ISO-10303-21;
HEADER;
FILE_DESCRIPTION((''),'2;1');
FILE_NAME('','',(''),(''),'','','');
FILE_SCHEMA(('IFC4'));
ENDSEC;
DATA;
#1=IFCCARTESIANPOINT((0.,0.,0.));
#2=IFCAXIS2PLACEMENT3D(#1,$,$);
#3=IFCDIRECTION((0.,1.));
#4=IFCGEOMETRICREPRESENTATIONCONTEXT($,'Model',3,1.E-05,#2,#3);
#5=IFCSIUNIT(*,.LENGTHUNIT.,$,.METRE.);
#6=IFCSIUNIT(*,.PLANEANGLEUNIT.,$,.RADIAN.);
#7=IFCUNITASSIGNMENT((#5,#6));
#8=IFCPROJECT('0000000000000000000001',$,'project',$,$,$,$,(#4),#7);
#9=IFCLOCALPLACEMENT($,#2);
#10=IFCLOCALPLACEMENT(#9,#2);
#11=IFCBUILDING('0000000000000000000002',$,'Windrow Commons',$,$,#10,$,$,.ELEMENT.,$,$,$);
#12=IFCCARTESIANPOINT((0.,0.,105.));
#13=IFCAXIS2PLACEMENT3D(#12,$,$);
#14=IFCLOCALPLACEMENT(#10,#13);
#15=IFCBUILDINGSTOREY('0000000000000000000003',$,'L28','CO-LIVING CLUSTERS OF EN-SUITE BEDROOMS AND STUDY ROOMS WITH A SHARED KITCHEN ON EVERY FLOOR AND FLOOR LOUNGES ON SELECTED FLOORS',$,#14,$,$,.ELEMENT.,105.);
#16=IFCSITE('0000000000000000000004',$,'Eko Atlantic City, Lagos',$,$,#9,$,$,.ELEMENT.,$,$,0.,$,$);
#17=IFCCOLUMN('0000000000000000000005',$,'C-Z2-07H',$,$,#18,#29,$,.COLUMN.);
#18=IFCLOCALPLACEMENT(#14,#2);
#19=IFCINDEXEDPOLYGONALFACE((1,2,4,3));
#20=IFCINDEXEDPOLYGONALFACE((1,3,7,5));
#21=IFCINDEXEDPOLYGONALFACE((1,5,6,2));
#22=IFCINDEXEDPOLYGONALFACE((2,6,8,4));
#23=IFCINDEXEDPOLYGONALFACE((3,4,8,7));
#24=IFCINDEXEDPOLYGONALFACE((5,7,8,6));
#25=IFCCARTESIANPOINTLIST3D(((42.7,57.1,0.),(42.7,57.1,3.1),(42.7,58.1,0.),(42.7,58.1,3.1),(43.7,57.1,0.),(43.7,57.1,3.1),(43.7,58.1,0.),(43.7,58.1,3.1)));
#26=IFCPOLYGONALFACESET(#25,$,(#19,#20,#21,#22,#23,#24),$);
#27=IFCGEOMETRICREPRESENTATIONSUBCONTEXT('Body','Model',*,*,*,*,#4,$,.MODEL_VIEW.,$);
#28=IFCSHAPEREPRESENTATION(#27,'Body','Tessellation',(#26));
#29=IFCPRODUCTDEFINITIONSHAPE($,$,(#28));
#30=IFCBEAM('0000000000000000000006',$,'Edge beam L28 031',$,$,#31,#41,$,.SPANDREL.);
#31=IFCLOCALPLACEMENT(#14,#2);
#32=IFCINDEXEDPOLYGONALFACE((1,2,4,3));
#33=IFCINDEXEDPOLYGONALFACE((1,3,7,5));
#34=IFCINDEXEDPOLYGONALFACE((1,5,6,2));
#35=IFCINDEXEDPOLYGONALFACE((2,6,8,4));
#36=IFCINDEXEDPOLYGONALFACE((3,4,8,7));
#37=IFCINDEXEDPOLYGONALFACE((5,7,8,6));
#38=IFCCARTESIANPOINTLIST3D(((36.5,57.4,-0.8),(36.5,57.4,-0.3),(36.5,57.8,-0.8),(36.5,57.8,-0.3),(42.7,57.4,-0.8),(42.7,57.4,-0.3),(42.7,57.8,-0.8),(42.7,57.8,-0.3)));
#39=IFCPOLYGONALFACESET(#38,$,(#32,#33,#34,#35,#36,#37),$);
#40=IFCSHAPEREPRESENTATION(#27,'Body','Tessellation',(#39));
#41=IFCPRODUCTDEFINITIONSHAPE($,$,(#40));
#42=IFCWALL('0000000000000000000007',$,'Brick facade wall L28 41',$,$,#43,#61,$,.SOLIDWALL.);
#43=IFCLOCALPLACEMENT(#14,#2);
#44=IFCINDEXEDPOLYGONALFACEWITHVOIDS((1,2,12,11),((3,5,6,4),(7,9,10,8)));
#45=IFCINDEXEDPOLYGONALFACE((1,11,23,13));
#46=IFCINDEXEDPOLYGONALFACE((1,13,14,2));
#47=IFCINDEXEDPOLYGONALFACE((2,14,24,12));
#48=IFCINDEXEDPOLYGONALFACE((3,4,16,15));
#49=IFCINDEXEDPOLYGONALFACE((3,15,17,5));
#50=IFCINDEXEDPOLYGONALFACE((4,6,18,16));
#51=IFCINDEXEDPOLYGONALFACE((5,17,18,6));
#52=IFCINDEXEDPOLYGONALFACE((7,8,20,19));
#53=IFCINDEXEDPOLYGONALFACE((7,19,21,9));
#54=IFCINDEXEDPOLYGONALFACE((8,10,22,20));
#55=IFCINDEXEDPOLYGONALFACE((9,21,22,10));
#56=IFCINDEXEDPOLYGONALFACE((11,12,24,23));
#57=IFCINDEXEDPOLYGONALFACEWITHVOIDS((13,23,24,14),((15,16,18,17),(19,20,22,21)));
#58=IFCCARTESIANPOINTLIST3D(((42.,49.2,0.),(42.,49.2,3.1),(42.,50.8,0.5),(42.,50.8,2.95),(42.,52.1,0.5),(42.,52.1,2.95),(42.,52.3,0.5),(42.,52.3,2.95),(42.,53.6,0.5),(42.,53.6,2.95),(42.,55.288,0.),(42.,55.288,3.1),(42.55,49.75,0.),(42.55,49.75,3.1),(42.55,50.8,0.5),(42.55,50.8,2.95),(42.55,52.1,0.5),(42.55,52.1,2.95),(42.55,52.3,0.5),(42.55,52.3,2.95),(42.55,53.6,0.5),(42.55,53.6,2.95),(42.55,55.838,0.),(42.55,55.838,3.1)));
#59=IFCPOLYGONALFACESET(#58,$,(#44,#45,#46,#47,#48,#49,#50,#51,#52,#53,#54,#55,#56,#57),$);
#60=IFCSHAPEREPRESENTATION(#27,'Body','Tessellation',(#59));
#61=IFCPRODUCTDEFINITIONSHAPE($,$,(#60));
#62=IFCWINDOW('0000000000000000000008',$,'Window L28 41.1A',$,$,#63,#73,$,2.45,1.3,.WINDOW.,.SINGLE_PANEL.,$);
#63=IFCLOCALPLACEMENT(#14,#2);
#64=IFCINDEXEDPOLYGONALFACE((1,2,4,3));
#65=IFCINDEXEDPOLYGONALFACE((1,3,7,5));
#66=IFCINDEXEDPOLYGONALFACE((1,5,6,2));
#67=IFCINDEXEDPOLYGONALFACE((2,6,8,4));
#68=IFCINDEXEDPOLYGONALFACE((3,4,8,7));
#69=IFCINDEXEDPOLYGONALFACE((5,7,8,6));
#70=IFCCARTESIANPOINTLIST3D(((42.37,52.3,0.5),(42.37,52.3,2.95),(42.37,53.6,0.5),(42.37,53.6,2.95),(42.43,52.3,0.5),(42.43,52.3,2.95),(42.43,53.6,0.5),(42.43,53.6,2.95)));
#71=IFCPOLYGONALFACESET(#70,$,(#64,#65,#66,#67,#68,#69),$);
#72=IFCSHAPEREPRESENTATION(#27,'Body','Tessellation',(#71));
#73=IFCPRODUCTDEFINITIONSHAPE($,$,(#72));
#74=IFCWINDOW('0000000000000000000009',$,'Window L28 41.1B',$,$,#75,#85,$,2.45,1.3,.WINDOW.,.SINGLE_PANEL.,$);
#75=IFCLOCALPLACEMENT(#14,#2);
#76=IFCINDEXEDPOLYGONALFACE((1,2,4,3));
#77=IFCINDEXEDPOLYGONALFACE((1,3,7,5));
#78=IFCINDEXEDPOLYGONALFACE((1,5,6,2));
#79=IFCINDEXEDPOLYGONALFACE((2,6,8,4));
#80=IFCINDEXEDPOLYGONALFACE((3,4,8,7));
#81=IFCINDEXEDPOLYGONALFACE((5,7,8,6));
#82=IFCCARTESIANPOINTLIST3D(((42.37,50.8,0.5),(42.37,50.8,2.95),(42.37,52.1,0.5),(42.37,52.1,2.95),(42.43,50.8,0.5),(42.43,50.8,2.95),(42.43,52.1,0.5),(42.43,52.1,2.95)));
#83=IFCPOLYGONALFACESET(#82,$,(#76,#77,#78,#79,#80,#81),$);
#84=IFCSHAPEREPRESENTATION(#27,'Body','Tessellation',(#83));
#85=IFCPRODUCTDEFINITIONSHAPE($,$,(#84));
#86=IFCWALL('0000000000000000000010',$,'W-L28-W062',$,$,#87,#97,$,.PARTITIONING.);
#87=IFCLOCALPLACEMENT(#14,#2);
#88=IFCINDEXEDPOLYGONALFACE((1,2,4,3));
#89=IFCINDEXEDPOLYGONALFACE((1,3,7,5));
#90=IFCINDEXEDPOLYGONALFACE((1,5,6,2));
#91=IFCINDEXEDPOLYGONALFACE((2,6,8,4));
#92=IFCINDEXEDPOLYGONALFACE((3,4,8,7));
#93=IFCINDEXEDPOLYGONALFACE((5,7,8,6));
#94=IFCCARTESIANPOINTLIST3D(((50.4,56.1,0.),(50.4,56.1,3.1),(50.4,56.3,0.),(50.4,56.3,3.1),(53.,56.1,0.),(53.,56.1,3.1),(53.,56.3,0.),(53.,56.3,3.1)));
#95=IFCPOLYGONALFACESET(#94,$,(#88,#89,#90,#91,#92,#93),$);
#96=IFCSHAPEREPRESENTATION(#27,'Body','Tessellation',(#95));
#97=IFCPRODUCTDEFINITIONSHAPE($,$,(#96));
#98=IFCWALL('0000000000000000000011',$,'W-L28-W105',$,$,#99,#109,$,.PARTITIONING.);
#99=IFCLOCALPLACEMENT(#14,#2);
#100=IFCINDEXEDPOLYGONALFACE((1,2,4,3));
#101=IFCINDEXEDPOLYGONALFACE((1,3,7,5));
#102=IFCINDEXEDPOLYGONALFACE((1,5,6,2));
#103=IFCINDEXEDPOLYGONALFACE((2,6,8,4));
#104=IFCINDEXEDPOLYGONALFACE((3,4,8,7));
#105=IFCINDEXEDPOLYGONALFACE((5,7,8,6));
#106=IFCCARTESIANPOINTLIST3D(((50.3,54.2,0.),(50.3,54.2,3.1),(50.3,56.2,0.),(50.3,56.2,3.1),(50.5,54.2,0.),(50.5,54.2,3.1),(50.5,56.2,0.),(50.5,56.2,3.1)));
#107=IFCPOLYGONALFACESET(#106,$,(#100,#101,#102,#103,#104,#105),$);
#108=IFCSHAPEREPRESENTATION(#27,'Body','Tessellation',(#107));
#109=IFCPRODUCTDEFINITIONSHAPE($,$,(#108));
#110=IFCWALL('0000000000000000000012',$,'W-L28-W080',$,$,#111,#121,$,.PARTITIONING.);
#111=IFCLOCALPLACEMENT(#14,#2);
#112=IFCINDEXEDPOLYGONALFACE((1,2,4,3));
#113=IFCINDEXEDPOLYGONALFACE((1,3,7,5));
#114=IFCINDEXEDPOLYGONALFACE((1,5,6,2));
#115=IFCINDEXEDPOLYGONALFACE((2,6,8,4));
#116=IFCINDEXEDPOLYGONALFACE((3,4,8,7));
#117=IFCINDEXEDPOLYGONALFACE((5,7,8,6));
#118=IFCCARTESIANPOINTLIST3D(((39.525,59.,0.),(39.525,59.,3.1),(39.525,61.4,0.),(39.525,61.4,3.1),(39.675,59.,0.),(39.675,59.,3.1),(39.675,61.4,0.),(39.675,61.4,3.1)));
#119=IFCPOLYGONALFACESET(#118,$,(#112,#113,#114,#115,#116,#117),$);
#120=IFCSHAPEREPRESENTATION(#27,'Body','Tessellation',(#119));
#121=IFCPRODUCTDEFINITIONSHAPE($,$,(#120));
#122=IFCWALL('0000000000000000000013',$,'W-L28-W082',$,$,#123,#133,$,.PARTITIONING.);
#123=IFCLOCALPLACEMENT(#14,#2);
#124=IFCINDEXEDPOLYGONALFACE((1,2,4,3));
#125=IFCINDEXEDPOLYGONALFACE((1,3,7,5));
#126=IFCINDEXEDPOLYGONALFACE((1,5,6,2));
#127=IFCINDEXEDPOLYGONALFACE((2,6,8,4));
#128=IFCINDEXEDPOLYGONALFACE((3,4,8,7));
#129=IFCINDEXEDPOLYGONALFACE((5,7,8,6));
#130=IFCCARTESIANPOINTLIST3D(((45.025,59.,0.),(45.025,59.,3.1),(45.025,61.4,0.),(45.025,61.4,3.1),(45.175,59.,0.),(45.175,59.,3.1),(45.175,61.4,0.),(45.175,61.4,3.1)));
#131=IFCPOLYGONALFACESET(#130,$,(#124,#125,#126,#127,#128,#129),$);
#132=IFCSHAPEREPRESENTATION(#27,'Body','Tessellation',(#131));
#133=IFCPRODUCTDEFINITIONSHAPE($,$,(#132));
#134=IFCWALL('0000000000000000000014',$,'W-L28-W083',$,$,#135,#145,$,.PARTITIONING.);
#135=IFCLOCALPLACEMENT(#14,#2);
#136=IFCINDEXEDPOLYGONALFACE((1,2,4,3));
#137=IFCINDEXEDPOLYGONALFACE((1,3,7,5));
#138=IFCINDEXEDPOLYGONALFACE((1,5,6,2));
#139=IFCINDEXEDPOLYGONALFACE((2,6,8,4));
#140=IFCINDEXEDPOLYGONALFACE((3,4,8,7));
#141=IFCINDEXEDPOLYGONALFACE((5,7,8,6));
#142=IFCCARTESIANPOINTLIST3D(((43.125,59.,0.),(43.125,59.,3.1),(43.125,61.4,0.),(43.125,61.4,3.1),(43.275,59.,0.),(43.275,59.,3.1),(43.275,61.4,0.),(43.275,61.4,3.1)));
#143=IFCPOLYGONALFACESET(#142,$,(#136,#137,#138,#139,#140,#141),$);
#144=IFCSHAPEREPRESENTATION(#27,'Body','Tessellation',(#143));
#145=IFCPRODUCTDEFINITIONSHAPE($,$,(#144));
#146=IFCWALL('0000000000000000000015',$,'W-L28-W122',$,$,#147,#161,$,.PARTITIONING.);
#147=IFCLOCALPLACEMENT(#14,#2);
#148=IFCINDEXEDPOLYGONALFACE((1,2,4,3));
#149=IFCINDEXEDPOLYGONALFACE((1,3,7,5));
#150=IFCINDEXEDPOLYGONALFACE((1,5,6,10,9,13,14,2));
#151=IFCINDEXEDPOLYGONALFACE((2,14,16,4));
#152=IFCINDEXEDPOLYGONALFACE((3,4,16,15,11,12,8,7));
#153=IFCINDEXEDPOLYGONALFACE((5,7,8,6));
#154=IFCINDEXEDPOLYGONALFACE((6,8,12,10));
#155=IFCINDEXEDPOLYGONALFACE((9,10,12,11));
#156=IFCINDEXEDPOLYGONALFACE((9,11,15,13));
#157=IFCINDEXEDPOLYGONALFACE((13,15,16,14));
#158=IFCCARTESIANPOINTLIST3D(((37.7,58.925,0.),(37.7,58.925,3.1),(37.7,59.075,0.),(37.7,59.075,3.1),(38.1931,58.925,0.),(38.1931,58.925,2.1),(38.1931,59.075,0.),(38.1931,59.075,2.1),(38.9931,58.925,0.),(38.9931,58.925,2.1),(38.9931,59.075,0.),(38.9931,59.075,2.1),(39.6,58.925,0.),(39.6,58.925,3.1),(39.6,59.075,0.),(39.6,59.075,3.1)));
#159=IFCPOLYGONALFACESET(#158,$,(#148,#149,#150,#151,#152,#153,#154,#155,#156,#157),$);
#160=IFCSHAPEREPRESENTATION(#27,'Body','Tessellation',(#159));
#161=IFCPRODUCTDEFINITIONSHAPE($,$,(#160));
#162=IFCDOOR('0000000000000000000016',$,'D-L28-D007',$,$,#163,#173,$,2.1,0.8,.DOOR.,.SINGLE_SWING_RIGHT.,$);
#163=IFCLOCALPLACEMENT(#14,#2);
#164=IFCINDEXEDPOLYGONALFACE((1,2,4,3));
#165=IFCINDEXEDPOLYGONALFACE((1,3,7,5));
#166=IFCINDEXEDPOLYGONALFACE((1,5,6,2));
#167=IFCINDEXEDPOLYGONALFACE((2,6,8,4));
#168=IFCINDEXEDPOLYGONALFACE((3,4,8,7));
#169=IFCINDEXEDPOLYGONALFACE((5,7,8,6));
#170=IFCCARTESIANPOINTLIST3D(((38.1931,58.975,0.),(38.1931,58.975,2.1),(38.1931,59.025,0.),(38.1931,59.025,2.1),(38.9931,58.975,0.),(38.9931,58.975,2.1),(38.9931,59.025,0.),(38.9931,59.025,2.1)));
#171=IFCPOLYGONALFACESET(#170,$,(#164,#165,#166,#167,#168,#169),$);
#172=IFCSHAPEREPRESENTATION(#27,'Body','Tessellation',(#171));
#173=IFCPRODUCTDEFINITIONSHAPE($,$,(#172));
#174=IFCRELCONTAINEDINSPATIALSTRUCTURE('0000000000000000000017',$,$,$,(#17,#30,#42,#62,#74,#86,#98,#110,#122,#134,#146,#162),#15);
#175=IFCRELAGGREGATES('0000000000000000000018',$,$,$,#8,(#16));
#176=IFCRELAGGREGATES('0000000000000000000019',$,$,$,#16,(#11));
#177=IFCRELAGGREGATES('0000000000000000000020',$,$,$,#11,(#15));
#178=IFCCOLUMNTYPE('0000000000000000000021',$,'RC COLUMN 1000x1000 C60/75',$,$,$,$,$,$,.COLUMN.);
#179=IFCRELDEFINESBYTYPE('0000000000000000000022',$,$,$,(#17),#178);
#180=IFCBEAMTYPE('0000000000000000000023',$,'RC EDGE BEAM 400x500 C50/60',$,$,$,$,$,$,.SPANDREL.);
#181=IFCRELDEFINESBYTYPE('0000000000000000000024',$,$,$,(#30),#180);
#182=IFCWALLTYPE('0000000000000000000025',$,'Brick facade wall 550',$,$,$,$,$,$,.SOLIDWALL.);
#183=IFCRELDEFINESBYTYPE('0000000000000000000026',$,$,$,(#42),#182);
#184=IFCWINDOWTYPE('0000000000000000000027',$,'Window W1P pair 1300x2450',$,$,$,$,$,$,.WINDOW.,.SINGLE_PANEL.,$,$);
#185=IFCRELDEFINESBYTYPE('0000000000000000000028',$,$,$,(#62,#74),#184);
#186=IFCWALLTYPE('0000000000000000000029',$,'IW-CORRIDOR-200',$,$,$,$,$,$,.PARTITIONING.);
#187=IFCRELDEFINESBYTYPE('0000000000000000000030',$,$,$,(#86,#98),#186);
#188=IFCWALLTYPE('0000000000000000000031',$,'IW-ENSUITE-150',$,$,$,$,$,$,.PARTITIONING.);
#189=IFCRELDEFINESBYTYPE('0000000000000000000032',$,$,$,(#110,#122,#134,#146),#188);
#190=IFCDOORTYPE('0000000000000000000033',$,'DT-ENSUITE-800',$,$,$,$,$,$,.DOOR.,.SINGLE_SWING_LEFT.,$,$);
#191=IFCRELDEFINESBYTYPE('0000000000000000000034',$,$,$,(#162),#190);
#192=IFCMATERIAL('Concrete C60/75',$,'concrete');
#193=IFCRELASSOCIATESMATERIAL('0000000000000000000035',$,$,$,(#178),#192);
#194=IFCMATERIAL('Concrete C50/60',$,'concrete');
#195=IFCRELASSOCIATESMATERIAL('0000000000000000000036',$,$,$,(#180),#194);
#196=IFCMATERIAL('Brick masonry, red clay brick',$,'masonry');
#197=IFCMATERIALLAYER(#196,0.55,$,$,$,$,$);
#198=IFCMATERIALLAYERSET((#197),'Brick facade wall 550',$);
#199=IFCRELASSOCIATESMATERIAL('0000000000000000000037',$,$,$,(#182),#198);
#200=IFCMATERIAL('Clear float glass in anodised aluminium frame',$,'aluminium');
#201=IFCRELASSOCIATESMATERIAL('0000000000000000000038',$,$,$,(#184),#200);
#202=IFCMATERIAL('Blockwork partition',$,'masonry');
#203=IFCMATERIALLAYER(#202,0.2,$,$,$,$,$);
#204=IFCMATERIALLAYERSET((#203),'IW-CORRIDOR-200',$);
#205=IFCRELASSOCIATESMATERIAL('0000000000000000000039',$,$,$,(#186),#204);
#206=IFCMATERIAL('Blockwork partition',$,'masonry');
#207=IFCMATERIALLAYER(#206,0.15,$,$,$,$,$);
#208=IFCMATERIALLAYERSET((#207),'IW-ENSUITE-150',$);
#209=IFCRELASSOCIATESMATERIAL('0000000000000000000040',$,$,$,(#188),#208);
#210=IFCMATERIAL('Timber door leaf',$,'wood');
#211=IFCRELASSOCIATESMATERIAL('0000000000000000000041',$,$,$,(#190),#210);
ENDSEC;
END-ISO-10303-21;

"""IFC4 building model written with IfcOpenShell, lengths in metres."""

from ifc_helpers import new_model, si_unit, direction, frame, frame_2d, origin, origin_2d, place, context, subcontext, project, spatial, polyline, rectangle, outline, extrude, material, layer, layer_set, material_profile, profile_set, type_object, element, fill, save


model = new_model("IFC4")

# Units and contexts
model_context = context("Model", 3, precision=1e-05, world=origin(), true_north=direction((0.0, 1.0)))
body_context = subcontext(model_context, "Body", "Model", "MODEL_VIEW")
ifc_project = project(units=[si_unit("LENGTHUNIT", "METRE"), si_unit("PLANEANGLEUNIT", "RADIAN")], contexts=[model_context])

# Site, building, storey
site_placement = place(None, origin())
site = spatial("IfcSite", under=ifc_project, at=site_placement, Name="Eko Atlantic City, Lagos", CompositionType="ELEMENT", RefElevation=0.0)
building_placement = place(site_placement, origin())
building = spatial("IfcBuilding", under=site, at=building_placement, Name="Windrow Commons", CompositionType="ELEMENT")
storey_placement = place(building_placement, frame((0.0, 0.0, 105.0)))
storey = spatial("IfcBuildingStorey", under=building, at=storey_placement, Name="L28", Description="CO-LIVING CLUSTERS OF EN-SUITE BEDROOMS AND STUDY ROOMS WITH A SHARED KITCHEN ON EVERY FLOOR AND FLOOR LOUNGES ON SELECTED FLOORS", CompositionType="ELEMENT", Elevation=105.0)

# Column
ifc_material_1 = material(Name="Concrete C60/75", Category="concrete")
ifc_material_profile_1 = material_profile(ifc_material_1, rectangle(XDim=1.0, YDim=1.0, at=origin_2d()))
ifc_profile_set_1 = profile_set([ifc_material_profile_1], Name="Concrete C60/75")
column_type = type_object("IfcColumnType", Name="RC COLUMN 1000x1000 C60/75", PredefinedType="COLUMN", material=ifc_profile_set_1)
column_placement = place(storey_placement, frame((43.2, 57.6, 0.0), z_axis=(0.0, 0.0, 1.0), x_axis=(1.0, 0.0, 0.0)))
element("IfcColumn", 1, at=column_placement, inside=storey, type_object=column_type, Name="C-Z2-07H", PredefinedType="COLUMN", context=body_context, shape_type="SweptSolid", body=[
    extrude(rectangle(XDim=1.0, YDim=1.0, at=origin_2d()), origin(), (0.0, 0.0, 1.0), 3.1),
])

# Beam
ifc_material_2 = material(Name="Concrete C50/60", Category="concrete")
ifc_material_profile_2 = material_profile(ifc_material_2, rectangle(XDim=0.4, YDim=0.5, at=origin_2d()))
ifc_profile_set_2 = profile_set([ifc_material_profile_2], Name="Concrete C50/60")
beam_type = type_object("IfcBeamType", Name="RC EDGE BEAM 400x500 C50/60", PredefinedType="SPANDREL", material=ifc_profile_set_2)
beam_placement = place(storey_placement, frame((42.7, 57.6, -0.55), z_axis=(-1.0, 0.0, 0.0), x_axis=(0.0, -1.0, 0.0)))
element("IfcBeam", 2, at=beam_placement, inside=storey, type_object=beam_type, Name="Edge beam L28 031", PredefinedType="SPANDREL", context=body_context, shape_type="SweptSolid", body=[
    extrude(rectangle(XDim=0.4, YDim=0.5, at=origin_2d()), origin(), (0.0, 0.0, 1.0), 6.2),
])

# Wall, openings, windows
ifc_material_3 = material(Name="Brick masonry, red clay brick", Category="masonry")
ifc_layer_1 = layer(ifc_material_3, 0.55)
ifc_layer_set_1 = layer_set([ifc_layer_1], Name="Brick facade wall 550")
wall_type_1 = type_object("IfcWallType", Name="Brick facade wall 550", PredefinedType="SOLIDWALL", material=ifc_layer_set_1)
wall_1_placement = place(storey_placement, frame((42.275, 55.563, 0.0), z_axis=(0.0, 0.0, 1.0), x_axis=(0.0, -1.0, 0.0)))
wall_1 = element("IfcWall", 3, at=wall_1_placement, inside=storey, type_object=wall_type_1, Name="Brick facade wall L28 41", PredefinedType="SOLIDWALL", context=body_context, shape_type="SweptSolid", body=[
    extrude(outline(polyline([(0.275, -0.275), (6.363, -0.275), (5.813, 0.275), (-0.275, 0.275), (0.275, -0.275)])), origin(), (0.0, 0.0, 1.0), 3.1),
])
opening_1_placement = place(wall_1_placement, frame((1.963, 0.0, 0.5)))
opening_1 = element("IfcOpeningElement", 4, at=opening_1_placement, cuts=wall_1, PredefinedType="OPENING", context=body_context, shape_type="SweptSolid", body=[
    extrude(rectangle(XDim=1.3, YDim=2.45, at=frame_2d((0.65, 1.225))), frame((0.0, 0.285, 0.0), z_axis=(0.0, -1.0, 0.0), x_axis=(1.0, 0.0, 0.0)), (0.0, 0.0, 1.0), 0.57),
])
opening_2_placement = place(wall_1_placement, frame((3.463, 0.0, 0.5)))
opening_2 = element("IfcOpeningElement", 5, at=opening_2_placement, cuts=wall_1, PredefinedType="OPENING", context=body_context, shape_type="SweptSolid", body=[
    extrude(rectangle(XDim=1.3, YDim=2.45, at=frame_2d((0.65, 1.225))), frame((0.0, 0.285, 0.0), z_axis=(0.0, -1.0, 0.0), x_axis=(1.0, 0.0, 0.0)), (0.0, 0.0, 1.0), 0.57),
])
ifc_material_4 = material(Name="Clear float glass in anodised aluminium frame", Category="aluminium")
window_type = type_object("IfcWindowType", Name="Window W1P pair 1300x2450", PartitioningType="SINGLE_PANEL", PredefinedType="WINDOW", material=ifc_material_4)
window_1_placement = place(opening_1_placement, origin())
window_1 = element("IfcWindow", 6, at=window_1_placement, inside=storey, type_object=window_type, Name="Window L28 41.1A", OverallHeight=2.45, OverallWidth=1.3, PartitioningType="SINGLE_PANEL", PredefinedType="WINDOW", context=body_context, shape_type="SweptSolid", body=[
    extrude(rectangle(XDim=1.3, YDim=2.45, at=frame_2d((0.65, 1.225))), frame((0.0, 0.155, 0.0), z_axis=(0.0, -1.0, 0.0), x_axis=(1.0, 0.0, 0.0)), (0.0, 0.0, 1.0), 0.06),
])
fill(opening_1, window_1)
window_2_placement = place(opening_2_placement, origin())
window_2 = element("IfcWindow", 7, at=window_2_placement, inside=storey, type_object=window_type, Name="Window L28 41.1B", OverallHeight=2.45, OverallWidth=1.3, PartitioningType="SINGLE_PANEL", PredefinedType="WINDOW", context=body_context, shape_type="SweptSolid", body=[
    extrude(rectangle(XDim=1.3, YDim=2.45, at=frame_2d((0.65, 1.225))), frame((0.0, 0.155, 0.0), z_axis=(0.0, -1.0, 0.0), x_axis=(1.0, 0.0, 0.0)), (0.0, 0.0, 1.0), 0.06),
])
fill(opening_2, window_2)

# Walls
ifc_material_5 = material(Name="Blockwork partition", Category="masonry")
ifc_layer_2 = layer(ifc_material_5, 0.2)
ifc_layer_set_2 = layer_set([ifc_layer_2], Name="IW-CORRIDOR-200")
wall_type_2 = type_object("IfcWallType", Name="IW-CORRIDOR-200", PredefinedType="PARTITIONING", material=ifc_layer_set_2)
wall_2_placement = place(storey_placement, frame((50.4, 56.2, 0.0), z_axis=(0.0, 0.0, 1.0), x_axis=(1.0, 0.0, 0.0)))
element("IfcWall", 8, at=wall_2_placement, inside=storey, type_object=wall_type_2, Name="W-L28-W062", PredefinedType="PARTITIONING", context=body_context, shape_type="SweptSolid", body=[
    extrude(rectangle(XDim=2.6, YDim=0.2, at=frame_2d((1.3, 0.0))), origin(), (0.0, 0.0, 1.0), 3.1),
])
wall_3_placement = place(storey_placement, frame((50.4, 54.2, 0.0), z_axis=(0.0, 0.0, 1.0), x_axis=(0.0, 1.0, 0.0)))
element("IfcWall", 9, at=wall_3_placement, inside=storey, type_object=wall_type_2, Name="W-L28-W105", PredefinedType="PARTITIONING", context=body_context, shape_type="SweptSolid", body=[
    extrude(rectangle(XDim=2.0, YDim=0.2, at=frame_2d((1.0, 0.0))), origin(), (0.0, 0.0, 1.0), 3.1),
])
ifc_material_6 = material(Name="Blockwork partition", Category="masonry")
ifc_layer_3 = layer(ifc_material_6, 0.15)
ifc_layer_set_3 = layer_set([ifc_layer_3], Name="IW-ENSUITE-150")
wall_type_3 = type_object("IfcWallType", Name="IW-ENSUITE-150", PredefinedType="PARTITIONING", material=ifc_layer_set_3)
for number, where, z_axis, x_axis, name in (
    (10, (39.6, 59.0, 0.0), (0.0, 0.0, 1.0), (0.0, 1.0, 0.0), "W-L28-W080"),
    (11, (45.1, 59.0, 0.0), (0.0, 0.0, 1.0), (0.0, 1.0, 0.0), "W-L28-W082"),
    (12, (43.2, 59.0, 0.0), (0.0, 0.0, 1.0), (0.0, 1.0, 0.0), "W-L28-W083"),
):
    element("IfcWall", number, at=place(storey_placement, frame(where, z_axis=z_axis, x_axis=x_axis)), inside=storey, type_object=wall_type_3, Name=name, PredefinedType="PARTITIONING", context=body_context, shape_type="SweptSolid", body=[
        extrude(rectangle(XDim=2.4, YDim=0.15, at=frame_2d((1.2, 0.0))), origin(), (0.0, 0.0, 1.0), 3.1),
    ])

# Wall, opening, door
wall_4_placement = place(storey_placement, frame((37.7, 59.0, 0.0), z_axis=(0.0, 0.0, 1.0), x_axis=(1.0, 0.0, 0.0)))
wall_4 = element("IfcWall", 13, at=wall_4_placement, inside=storey, type_object=wall_type_3, Name="W-L28-W122", PredefinedType="PARTITIONING", context=body_context, shape_type="SweptSolid", body=[
    extrude(rectangle(XDim=1.9, YDim=0.15, at=frame_2d((0.95, 0.0))), origin(), (0.0, 0.0, 1.0), 3.1),
])
opening_3_placement = place(wall_4_placement, frame((0.4931, 0.0, 0.0)))
opening_3 = element("IfcOpeningElement", 14, at=opening_3_placement, cuts=wall_4, PredefinedType="OPENING", context=body_context, shape_type="SweptSolid", body=[
    extrude(rectangle(XDim=0.8, YDim=2.1, at=frame_2d((0.4, 1.05))), frame((0.0, 0.085, 0.0), z_axis=(0.0, -1.0, 0.0), x_axis=(1.0, 0.0, 0.0)), (0.0, 0.0, 1.0), 0.17),
])
ifc_material_7 = material(Name="Timber door leaf", Category="wood")
door_type = type_object("IfcDoorType", Name="DT-ENSUITE-800", OperationType="SINGLE_SWING_LEFT", PredefinedType="DOOR", material=ifc_material_7)
door_1_placement = place(opening_3_placement, origin())
door_1 = element("IfcDoor", 15, at=door_1_placement, inside=storey, type_object=door_type, Name="D-L28-D007", OperationType="SINGLE_SWING_RIGHT", OverallHeight=2.1, OverallWidth=0.8, PredefinedType="DOOR", context=body_context, shape_type="SweptSolid", body=[
    extrude(rectangle(XDim=0.8, YDim=2.1, at=frame_2d((0.4, 1.05))), frame((0.0, 0.025, 0.0), z_axis=(0.0, -1.0, 0.0), x_axis=(1.0, 0.0, 0.0)), (0.0, 0.0, 1.0), 0.05),
])
fill(opening_3, door_1)

save(model, "model.ifc")
